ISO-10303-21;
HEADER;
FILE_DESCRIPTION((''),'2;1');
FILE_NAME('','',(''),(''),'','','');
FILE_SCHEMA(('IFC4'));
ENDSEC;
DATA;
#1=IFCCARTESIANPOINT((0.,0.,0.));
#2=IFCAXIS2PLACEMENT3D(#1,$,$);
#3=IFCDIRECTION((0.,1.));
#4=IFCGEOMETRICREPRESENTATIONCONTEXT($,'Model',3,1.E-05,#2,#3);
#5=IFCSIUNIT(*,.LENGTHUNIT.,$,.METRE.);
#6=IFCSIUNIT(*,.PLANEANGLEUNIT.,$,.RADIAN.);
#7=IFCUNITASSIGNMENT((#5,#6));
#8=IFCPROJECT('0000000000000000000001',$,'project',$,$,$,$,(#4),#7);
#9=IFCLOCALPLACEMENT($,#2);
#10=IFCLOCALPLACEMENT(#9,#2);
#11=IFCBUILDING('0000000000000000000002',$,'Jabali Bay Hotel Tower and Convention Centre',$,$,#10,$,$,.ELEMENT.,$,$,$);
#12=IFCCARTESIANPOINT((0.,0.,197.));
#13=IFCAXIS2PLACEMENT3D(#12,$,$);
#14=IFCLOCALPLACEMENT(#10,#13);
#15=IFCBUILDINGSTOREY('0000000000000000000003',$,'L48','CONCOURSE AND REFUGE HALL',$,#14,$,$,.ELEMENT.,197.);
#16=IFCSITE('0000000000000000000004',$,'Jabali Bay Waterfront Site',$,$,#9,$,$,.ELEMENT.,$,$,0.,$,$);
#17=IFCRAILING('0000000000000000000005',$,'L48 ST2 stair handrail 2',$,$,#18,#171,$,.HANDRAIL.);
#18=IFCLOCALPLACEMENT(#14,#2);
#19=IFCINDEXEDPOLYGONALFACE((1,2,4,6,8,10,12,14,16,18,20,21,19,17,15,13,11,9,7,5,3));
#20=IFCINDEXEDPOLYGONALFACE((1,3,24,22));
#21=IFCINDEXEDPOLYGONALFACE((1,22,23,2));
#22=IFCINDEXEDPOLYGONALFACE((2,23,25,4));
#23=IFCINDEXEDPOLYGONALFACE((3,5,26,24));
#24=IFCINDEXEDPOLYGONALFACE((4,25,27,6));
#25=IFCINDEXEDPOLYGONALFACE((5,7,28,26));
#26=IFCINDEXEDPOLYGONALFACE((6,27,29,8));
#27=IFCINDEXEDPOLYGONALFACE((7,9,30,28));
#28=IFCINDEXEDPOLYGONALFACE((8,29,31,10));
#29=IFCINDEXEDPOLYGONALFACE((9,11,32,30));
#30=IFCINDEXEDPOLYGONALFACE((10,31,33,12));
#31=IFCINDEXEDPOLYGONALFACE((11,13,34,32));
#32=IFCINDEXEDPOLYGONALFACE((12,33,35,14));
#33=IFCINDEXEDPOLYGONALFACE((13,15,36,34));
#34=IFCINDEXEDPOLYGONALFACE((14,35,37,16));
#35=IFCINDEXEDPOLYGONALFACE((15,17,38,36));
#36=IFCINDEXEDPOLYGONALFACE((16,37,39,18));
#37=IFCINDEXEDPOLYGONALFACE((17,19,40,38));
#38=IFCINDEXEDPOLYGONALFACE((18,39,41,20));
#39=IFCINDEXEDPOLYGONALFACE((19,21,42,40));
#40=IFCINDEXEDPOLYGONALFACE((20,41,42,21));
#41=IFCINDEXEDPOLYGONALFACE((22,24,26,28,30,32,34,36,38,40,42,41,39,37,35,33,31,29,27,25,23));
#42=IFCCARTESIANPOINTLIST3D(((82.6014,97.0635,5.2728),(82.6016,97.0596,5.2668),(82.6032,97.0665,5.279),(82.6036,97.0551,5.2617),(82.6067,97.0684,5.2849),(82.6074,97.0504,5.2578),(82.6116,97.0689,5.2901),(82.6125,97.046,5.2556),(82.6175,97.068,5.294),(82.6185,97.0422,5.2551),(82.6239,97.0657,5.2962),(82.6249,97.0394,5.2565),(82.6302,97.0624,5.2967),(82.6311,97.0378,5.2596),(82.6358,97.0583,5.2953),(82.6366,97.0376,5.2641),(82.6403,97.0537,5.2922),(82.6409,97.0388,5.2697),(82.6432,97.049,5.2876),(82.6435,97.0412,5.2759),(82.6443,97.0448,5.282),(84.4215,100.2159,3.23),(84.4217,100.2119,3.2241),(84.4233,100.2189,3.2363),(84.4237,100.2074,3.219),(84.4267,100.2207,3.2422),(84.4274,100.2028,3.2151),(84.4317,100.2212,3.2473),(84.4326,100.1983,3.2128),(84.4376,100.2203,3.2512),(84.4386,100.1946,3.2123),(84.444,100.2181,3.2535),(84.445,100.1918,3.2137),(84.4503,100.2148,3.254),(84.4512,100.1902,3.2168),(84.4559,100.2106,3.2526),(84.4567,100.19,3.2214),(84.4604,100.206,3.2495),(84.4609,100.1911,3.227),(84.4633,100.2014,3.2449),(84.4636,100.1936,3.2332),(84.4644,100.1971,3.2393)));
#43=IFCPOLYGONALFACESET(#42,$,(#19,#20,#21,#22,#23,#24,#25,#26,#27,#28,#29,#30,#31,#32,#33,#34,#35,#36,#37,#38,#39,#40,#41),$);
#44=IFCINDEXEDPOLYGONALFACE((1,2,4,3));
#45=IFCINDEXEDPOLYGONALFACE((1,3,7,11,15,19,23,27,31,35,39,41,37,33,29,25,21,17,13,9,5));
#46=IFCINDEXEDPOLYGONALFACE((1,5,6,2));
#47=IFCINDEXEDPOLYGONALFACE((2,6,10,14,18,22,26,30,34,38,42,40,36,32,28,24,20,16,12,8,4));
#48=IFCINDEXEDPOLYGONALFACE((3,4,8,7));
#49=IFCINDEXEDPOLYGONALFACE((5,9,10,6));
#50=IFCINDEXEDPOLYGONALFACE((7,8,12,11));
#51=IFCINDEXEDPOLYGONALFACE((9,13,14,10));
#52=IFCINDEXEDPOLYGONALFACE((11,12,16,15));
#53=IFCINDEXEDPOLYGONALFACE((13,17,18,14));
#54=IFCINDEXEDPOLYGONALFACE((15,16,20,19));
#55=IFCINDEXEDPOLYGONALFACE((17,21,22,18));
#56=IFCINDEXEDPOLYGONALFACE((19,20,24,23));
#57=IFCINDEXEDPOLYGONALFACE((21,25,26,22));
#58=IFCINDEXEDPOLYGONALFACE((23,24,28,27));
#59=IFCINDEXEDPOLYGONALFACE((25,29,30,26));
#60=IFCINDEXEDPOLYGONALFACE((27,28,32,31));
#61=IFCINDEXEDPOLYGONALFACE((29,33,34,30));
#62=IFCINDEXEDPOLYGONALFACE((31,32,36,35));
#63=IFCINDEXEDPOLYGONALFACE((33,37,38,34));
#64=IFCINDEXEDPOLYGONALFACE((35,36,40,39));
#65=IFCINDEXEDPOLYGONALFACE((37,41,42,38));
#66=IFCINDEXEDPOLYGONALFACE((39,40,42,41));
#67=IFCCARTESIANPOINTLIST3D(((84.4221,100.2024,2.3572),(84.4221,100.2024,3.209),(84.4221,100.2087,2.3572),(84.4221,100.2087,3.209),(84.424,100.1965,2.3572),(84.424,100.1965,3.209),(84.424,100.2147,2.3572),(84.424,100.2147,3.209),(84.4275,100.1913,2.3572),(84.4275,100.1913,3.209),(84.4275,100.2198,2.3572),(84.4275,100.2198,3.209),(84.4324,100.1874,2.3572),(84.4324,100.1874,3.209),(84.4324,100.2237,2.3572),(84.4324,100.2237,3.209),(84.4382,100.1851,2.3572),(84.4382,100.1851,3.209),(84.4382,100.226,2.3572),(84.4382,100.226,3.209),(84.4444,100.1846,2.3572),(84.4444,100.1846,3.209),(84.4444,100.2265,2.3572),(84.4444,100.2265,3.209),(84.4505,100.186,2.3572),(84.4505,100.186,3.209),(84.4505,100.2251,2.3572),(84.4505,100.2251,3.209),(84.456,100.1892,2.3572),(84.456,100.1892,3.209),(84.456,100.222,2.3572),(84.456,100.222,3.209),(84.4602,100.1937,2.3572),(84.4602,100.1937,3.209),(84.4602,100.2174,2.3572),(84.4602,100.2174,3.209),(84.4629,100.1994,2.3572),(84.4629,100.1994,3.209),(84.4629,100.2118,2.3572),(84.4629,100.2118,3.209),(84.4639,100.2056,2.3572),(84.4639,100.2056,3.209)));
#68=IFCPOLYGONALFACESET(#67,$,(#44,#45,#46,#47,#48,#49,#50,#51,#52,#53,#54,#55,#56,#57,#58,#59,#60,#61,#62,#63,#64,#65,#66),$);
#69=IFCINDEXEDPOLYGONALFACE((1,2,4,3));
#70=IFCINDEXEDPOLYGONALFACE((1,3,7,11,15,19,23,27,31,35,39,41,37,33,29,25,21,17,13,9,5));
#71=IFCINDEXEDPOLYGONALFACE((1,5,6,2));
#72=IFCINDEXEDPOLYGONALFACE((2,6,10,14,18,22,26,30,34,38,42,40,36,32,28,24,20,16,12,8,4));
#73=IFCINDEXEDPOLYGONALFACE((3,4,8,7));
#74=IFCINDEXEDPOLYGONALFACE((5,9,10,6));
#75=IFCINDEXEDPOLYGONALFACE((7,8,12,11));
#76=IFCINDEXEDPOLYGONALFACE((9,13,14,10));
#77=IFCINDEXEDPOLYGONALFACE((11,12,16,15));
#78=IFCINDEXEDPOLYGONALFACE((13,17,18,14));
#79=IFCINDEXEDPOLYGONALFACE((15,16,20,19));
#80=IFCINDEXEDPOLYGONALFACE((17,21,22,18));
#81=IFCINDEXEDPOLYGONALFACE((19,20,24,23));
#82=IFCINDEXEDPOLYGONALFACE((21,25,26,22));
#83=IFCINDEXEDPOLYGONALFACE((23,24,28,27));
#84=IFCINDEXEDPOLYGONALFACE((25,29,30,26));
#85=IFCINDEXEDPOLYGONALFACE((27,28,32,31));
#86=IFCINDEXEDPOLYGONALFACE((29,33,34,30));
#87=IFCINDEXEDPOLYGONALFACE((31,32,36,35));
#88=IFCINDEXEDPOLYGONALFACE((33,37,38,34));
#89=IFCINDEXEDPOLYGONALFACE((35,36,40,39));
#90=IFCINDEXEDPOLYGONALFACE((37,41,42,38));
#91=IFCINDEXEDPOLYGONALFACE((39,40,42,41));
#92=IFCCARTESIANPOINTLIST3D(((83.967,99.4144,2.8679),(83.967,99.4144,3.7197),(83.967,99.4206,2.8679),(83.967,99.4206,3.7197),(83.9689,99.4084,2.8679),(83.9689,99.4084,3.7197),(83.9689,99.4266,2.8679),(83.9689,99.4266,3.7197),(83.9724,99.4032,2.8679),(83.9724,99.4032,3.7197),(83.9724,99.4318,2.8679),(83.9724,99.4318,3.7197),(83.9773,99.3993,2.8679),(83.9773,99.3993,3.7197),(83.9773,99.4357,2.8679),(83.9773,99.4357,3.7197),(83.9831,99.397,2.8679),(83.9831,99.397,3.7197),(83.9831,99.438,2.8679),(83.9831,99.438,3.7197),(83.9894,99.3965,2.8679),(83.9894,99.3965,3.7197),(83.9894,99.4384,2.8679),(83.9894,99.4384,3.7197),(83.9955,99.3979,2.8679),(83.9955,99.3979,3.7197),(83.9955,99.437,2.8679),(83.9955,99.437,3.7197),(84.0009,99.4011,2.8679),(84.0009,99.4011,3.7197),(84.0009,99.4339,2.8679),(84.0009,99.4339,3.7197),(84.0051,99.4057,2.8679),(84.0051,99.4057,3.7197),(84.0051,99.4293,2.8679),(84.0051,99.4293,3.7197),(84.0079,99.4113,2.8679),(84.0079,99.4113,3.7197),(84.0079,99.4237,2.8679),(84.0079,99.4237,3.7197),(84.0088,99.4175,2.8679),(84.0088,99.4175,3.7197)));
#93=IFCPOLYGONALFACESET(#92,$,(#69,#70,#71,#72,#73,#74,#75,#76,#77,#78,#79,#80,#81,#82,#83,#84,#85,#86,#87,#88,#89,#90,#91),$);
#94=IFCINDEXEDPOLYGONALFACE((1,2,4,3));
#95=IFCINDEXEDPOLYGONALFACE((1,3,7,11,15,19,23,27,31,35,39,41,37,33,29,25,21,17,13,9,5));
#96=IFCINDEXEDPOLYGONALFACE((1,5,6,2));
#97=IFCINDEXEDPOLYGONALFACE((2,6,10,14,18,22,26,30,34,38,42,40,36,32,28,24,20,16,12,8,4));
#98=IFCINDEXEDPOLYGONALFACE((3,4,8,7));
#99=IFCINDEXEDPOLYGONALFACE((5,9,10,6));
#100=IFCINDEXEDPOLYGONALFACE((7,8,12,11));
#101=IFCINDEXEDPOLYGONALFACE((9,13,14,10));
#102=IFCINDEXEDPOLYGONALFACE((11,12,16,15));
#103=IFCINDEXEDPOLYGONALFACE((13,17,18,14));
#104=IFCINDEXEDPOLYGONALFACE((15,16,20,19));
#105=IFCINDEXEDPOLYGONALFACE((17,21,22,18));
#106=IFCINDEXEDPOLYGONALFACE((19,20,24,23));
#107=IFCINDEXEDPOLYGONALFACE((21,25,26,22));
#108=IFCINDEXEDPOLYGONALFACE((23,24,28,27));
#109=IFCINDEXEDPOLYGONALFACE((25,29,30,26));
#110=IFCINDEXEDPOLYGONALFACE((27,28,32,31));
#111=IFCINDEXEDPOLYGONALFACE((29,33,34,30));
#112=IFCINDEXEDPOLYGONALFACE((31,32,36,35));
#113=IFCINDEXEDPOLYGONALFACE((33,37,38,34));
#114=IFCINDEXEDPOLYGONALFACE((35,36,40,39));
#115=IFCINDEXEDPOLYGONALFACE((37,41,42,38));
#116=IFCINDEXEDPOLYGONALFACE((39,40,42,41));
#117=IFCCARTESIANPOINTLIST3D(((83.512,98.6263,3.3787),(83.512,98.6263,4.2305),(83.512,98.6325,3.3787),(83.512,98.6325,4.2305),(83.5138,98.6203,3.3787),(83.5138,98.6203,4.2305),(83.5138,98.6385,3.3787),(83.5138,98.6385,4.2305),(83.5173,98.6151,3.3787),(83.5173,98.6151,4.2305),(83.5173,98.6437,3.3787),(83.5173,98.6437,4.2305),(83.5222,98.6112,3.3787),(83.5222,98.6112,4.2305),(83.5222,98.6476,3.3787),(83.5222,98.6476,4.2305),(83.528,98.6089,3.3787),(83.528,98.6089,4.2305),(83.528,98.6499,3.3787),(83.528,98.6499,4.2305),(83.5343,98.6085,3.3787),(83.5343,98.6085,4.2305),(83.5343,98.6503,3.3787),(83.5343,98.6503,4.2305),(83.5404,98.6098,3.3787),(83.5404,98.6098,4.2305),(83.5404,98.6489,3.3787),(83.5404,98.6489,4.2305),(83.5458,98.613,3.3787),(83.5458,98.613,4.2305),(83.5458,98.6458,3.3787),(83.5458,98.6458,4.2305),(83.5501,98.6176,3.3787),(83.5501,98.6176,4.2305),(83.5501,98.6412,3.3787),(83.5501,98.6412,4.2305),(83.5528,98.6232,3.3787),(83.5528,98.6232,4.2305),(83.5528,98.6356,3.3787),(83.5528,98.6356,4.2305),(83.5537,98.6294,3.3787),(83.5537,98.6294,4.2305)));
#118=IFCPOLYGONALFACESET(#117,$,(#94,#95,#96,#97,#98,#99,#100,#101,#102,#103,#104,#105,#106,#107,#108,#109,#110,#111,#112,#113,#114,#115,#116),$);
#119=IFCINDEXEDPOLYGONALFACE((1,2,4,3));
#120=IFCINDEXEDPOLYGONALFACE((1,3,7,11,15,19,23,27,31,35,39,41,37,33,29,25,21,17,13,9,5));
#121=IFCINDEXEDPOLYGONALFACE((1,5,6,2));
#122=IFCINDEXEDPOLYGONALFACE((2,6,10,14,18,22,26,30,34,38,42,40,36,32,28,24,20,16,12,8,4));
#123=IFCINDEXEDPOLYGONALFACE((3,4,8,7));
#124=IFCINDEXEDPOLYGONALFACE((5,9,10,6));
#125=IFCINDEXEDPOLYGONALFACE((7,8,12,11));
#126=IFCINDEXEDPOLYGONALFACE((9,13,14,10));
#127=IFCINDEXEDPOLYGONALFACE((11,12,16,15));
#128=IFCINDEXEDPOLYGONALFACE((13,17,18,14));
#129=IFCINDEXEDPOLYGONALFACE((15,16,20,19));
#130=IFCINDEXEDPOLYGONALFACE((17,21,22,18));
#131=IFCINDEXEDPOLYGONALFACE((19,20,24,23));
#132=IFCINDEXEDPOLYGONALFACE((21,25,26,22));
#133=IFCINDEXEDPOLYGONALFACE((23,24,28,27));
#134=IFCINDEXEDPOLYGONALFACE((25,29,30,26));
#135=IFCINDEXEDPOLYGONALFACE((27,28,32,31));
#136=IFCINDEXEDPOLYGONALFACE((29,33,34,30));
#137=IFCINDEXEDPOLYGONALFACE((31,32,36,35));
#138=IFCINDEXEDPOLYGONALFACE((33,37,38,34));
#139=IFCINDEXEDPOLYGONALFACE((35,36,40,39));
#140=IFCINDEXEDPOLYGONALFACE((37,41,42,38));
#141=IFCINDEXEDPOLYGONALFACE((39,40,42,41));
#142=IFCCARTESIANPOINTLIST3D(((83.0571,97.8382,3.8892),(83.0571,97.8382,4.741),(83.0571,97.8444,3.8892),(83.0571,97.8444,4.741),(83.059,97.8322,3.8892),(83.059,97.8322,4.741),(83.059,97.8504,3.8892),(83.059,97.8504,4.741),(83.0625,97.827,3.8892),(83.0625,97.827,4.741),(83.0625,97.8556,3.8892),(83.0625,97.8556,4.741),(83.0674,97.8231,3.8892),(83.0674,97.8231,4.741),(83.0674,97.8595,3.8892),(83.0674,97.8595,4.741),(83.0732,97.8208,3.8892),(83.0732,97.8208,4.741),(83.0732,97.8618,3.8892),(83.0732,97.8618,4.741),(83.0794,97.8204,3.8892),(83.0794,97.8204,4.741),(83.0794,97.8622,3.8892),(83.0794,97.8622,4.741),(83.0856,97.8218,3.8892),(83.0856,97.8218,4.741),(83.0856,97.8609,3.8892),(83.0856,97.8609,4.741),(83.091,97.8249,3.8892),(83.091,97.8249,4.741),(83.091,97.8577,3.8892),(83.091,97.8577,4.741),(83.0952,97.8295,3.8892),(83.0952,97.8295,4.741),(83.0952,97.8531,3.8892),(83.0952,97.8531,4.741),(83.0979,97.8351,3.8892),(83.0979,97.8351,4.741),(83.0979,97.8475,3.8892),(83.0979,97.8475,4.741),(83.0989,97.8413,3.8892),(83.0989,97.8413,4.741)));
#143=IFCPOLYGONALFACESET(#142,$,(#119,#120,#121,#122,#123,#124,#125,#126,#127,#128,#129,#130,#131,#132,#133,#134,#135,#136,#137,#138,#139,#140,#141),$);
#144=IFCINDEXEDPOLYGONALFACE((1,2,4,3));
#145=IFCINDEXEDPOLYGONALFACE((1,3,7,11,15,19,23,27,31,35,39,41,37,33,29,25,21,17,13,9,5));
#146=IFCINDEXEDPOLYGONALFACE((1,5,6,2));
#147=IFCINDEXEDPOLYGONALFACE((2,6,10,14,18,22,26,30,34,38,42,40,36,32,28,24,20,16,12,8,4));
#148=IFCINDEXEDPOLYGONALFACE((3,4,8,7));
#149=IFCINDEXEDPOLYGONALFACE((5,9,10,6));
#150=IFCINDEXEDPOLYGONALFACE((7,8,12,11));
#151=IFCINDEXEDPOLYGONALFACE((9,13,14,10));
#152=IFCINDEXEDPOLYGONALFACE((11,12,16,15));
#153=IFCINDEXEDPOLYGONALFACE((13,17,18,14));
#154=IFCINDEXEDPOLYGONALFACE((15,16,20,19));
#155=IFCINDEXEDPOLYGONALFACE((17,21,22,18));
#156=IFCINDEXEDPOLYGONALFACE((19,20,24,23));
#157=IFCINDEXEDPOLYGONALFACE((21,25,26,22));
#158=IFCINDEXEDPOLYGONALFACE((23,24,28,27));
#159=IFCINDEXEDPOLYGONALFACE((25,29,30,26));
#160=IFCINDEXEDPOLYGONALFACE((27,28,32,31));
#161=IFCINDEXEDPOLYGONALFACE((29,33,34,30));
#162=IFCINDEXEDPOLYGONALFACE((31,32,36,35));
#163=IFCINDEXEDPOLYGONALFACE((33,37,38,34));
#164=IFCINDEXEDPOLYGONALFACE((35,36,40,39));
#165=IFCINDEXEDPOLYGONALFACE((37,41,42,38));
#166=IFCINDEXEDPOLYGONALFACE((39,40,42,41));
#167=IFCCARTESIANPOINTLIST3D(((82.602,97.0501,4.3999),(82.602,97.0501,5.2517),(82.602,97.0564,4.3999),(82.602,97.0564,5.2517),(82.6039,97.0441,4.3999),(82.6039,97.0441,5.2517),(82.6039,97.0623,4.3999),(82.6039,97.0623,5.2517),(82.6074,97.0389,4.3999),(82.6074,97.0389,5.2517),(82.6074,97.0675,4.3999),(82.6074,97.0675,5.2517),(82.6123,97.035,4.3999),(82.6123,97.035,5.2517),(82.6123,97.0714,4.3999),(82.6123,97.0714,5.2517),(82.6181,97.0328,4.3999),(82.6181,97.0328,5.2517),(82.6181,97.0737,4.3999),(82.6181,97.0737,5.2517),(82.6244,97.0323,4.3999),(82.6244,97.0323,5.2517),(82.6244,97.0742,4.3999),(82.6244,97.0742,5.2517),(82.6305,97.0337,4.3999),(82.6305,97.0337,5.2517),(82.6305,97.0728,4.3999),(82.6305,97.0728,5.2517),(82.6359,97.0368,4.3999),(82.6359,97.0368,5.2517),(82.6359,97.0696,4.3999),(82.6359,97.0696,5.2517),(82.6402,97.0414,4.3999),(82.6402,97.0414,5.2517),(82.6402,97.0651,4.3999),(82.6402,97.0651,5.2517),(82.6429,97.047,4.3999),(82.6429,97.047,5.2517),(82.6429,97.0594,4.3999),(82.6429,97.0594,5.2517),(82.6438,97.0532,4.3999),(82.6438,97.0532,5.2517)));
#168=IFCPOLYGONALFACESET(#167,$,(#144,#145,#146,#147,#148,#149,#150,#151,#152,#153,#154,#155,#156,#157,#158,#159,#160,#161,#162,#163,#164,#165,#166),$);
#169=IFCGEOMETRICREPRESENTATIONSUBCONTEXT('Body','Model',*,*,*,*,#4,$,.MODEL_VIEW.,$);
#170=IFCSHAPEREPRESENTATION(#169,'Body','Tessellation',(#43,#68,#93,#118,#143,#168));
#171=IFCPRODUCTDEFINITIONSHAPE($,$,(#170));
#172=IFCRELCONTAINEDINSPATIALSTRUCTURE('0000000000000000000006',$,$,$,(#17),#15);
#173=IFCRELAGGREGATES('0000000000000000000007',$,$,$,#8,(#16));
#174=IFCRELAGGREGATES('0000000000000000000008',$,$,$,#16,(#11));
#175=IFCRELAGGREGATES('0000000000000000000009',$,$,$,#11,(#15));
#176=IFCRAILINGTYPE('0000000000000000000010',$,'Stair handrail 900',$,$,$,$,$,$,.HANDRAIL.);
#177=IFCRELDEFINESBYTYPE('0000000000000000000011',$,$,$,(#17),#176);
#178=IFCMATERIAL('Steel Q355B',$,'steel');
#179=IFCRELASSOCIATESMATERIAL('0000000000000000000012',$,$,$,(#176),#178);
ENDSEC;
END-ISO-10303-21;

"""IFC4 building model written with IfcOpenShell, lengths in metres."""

from ifc_helpers import new_model, si_unit, direction, frame, origin, origin_2d, place, context, subcontext, project, spatial, circle, extrude, material, type_object, element, save


model = new_model("IFC4")

# Units and contexts
model_context = context("Model", 3, precision=1e-05, world=origin(), true_north=direction((0.0, 1.0)))
body_context = subcontext(model_context, "Body", "Model", "MODEL_VIEW")
ifc_project = project(units=[si_unit("LENGTHUNIT", "METRE"), si_unit("PLANEANGLEUNIT", "RADIAN")], contexts=[model_context])

# Site, building, storey
site_placement = place(None, origin())
site = spatial("IfcSite", under=ifc_project, at=site_placement, Name="Jabali Bay Waterfront Site", CompositionType="ELEMENT", RefElevation=0.0)
building_placement = place(site_placement, origin())
building = spatial("IfcBuilding", under=site, at=building_placement, Name="Jabali Bay Hotel Tower and Convention Centre", CompositionType="ELEMENT")
storey_placement = place(building_placement, frame((0.0, 0.0, 197.0)))
storey = spatial("IfcBuildingStorey", under=building, at=storey_placement, Name="L48", Description="CONCOURSE AND REFUGE HALL", CompositionType="ELEMENT", Elevation=197.0)

# Railing
ifc_material_1 = material(Name="Steel Q355B", Category="steel")
railing_type_1 = type_object("IfcRailingType", Name="Stair handrail 900", PredefinedType="HANDRAIL", material=ifc_material_1)
railing_1_placement = place(storey_placement, frame((84.4429, 100.2056, 2.3572)))
element("IfcRailing", 1, at=railing_1_placement, inside=storey, type_object=railing_type_1, Name="L48 ST2 stair handrail 2", PredefinedType="HANDRAIL", context=body_context, shape_type="SweptSolid", body=[
    extrude(circle(Radius=0.0239, at=origin_2d()), frame((0.0, 0.0, 0.876), z_axis=(-0.436044, -0.755225, 0.489387), x_axis=(0.866018, -0.500013, 0.0)), (0.0, 0.0, 1.0), 4.1741),
    extrude(circle(Radius=0.021, at=origin_2d()), origin(), (0.0, 0.0, 1.0), 0.8518),
    extrude(circle(Radius=0.021, at=origin_2d()), frame((-0.4551, -0.7881, 0.5107)), (0.0, 0.0, 1.0), 0.8518),
    extrude(circle(Radius=0.021, at=origin_2d()), frame((-0.9102, -1.5762, 1.0215)), (0.0, 0.0, 1.0), 0.8518),
    extrude(circle(Radius=0.021, at=origin_2d()), frame((-1.365, -2.3643, 1.532)), (0.0, 0.0, 1.0), 0.8518),
    extrude(circle(Radius=0.021, at=origin_2d()), frame((-1.8201, -3.1523, 2.0427)), (0.0, 0.0, 1.0), 0.8518),
])

save(model, "model.ifc")
